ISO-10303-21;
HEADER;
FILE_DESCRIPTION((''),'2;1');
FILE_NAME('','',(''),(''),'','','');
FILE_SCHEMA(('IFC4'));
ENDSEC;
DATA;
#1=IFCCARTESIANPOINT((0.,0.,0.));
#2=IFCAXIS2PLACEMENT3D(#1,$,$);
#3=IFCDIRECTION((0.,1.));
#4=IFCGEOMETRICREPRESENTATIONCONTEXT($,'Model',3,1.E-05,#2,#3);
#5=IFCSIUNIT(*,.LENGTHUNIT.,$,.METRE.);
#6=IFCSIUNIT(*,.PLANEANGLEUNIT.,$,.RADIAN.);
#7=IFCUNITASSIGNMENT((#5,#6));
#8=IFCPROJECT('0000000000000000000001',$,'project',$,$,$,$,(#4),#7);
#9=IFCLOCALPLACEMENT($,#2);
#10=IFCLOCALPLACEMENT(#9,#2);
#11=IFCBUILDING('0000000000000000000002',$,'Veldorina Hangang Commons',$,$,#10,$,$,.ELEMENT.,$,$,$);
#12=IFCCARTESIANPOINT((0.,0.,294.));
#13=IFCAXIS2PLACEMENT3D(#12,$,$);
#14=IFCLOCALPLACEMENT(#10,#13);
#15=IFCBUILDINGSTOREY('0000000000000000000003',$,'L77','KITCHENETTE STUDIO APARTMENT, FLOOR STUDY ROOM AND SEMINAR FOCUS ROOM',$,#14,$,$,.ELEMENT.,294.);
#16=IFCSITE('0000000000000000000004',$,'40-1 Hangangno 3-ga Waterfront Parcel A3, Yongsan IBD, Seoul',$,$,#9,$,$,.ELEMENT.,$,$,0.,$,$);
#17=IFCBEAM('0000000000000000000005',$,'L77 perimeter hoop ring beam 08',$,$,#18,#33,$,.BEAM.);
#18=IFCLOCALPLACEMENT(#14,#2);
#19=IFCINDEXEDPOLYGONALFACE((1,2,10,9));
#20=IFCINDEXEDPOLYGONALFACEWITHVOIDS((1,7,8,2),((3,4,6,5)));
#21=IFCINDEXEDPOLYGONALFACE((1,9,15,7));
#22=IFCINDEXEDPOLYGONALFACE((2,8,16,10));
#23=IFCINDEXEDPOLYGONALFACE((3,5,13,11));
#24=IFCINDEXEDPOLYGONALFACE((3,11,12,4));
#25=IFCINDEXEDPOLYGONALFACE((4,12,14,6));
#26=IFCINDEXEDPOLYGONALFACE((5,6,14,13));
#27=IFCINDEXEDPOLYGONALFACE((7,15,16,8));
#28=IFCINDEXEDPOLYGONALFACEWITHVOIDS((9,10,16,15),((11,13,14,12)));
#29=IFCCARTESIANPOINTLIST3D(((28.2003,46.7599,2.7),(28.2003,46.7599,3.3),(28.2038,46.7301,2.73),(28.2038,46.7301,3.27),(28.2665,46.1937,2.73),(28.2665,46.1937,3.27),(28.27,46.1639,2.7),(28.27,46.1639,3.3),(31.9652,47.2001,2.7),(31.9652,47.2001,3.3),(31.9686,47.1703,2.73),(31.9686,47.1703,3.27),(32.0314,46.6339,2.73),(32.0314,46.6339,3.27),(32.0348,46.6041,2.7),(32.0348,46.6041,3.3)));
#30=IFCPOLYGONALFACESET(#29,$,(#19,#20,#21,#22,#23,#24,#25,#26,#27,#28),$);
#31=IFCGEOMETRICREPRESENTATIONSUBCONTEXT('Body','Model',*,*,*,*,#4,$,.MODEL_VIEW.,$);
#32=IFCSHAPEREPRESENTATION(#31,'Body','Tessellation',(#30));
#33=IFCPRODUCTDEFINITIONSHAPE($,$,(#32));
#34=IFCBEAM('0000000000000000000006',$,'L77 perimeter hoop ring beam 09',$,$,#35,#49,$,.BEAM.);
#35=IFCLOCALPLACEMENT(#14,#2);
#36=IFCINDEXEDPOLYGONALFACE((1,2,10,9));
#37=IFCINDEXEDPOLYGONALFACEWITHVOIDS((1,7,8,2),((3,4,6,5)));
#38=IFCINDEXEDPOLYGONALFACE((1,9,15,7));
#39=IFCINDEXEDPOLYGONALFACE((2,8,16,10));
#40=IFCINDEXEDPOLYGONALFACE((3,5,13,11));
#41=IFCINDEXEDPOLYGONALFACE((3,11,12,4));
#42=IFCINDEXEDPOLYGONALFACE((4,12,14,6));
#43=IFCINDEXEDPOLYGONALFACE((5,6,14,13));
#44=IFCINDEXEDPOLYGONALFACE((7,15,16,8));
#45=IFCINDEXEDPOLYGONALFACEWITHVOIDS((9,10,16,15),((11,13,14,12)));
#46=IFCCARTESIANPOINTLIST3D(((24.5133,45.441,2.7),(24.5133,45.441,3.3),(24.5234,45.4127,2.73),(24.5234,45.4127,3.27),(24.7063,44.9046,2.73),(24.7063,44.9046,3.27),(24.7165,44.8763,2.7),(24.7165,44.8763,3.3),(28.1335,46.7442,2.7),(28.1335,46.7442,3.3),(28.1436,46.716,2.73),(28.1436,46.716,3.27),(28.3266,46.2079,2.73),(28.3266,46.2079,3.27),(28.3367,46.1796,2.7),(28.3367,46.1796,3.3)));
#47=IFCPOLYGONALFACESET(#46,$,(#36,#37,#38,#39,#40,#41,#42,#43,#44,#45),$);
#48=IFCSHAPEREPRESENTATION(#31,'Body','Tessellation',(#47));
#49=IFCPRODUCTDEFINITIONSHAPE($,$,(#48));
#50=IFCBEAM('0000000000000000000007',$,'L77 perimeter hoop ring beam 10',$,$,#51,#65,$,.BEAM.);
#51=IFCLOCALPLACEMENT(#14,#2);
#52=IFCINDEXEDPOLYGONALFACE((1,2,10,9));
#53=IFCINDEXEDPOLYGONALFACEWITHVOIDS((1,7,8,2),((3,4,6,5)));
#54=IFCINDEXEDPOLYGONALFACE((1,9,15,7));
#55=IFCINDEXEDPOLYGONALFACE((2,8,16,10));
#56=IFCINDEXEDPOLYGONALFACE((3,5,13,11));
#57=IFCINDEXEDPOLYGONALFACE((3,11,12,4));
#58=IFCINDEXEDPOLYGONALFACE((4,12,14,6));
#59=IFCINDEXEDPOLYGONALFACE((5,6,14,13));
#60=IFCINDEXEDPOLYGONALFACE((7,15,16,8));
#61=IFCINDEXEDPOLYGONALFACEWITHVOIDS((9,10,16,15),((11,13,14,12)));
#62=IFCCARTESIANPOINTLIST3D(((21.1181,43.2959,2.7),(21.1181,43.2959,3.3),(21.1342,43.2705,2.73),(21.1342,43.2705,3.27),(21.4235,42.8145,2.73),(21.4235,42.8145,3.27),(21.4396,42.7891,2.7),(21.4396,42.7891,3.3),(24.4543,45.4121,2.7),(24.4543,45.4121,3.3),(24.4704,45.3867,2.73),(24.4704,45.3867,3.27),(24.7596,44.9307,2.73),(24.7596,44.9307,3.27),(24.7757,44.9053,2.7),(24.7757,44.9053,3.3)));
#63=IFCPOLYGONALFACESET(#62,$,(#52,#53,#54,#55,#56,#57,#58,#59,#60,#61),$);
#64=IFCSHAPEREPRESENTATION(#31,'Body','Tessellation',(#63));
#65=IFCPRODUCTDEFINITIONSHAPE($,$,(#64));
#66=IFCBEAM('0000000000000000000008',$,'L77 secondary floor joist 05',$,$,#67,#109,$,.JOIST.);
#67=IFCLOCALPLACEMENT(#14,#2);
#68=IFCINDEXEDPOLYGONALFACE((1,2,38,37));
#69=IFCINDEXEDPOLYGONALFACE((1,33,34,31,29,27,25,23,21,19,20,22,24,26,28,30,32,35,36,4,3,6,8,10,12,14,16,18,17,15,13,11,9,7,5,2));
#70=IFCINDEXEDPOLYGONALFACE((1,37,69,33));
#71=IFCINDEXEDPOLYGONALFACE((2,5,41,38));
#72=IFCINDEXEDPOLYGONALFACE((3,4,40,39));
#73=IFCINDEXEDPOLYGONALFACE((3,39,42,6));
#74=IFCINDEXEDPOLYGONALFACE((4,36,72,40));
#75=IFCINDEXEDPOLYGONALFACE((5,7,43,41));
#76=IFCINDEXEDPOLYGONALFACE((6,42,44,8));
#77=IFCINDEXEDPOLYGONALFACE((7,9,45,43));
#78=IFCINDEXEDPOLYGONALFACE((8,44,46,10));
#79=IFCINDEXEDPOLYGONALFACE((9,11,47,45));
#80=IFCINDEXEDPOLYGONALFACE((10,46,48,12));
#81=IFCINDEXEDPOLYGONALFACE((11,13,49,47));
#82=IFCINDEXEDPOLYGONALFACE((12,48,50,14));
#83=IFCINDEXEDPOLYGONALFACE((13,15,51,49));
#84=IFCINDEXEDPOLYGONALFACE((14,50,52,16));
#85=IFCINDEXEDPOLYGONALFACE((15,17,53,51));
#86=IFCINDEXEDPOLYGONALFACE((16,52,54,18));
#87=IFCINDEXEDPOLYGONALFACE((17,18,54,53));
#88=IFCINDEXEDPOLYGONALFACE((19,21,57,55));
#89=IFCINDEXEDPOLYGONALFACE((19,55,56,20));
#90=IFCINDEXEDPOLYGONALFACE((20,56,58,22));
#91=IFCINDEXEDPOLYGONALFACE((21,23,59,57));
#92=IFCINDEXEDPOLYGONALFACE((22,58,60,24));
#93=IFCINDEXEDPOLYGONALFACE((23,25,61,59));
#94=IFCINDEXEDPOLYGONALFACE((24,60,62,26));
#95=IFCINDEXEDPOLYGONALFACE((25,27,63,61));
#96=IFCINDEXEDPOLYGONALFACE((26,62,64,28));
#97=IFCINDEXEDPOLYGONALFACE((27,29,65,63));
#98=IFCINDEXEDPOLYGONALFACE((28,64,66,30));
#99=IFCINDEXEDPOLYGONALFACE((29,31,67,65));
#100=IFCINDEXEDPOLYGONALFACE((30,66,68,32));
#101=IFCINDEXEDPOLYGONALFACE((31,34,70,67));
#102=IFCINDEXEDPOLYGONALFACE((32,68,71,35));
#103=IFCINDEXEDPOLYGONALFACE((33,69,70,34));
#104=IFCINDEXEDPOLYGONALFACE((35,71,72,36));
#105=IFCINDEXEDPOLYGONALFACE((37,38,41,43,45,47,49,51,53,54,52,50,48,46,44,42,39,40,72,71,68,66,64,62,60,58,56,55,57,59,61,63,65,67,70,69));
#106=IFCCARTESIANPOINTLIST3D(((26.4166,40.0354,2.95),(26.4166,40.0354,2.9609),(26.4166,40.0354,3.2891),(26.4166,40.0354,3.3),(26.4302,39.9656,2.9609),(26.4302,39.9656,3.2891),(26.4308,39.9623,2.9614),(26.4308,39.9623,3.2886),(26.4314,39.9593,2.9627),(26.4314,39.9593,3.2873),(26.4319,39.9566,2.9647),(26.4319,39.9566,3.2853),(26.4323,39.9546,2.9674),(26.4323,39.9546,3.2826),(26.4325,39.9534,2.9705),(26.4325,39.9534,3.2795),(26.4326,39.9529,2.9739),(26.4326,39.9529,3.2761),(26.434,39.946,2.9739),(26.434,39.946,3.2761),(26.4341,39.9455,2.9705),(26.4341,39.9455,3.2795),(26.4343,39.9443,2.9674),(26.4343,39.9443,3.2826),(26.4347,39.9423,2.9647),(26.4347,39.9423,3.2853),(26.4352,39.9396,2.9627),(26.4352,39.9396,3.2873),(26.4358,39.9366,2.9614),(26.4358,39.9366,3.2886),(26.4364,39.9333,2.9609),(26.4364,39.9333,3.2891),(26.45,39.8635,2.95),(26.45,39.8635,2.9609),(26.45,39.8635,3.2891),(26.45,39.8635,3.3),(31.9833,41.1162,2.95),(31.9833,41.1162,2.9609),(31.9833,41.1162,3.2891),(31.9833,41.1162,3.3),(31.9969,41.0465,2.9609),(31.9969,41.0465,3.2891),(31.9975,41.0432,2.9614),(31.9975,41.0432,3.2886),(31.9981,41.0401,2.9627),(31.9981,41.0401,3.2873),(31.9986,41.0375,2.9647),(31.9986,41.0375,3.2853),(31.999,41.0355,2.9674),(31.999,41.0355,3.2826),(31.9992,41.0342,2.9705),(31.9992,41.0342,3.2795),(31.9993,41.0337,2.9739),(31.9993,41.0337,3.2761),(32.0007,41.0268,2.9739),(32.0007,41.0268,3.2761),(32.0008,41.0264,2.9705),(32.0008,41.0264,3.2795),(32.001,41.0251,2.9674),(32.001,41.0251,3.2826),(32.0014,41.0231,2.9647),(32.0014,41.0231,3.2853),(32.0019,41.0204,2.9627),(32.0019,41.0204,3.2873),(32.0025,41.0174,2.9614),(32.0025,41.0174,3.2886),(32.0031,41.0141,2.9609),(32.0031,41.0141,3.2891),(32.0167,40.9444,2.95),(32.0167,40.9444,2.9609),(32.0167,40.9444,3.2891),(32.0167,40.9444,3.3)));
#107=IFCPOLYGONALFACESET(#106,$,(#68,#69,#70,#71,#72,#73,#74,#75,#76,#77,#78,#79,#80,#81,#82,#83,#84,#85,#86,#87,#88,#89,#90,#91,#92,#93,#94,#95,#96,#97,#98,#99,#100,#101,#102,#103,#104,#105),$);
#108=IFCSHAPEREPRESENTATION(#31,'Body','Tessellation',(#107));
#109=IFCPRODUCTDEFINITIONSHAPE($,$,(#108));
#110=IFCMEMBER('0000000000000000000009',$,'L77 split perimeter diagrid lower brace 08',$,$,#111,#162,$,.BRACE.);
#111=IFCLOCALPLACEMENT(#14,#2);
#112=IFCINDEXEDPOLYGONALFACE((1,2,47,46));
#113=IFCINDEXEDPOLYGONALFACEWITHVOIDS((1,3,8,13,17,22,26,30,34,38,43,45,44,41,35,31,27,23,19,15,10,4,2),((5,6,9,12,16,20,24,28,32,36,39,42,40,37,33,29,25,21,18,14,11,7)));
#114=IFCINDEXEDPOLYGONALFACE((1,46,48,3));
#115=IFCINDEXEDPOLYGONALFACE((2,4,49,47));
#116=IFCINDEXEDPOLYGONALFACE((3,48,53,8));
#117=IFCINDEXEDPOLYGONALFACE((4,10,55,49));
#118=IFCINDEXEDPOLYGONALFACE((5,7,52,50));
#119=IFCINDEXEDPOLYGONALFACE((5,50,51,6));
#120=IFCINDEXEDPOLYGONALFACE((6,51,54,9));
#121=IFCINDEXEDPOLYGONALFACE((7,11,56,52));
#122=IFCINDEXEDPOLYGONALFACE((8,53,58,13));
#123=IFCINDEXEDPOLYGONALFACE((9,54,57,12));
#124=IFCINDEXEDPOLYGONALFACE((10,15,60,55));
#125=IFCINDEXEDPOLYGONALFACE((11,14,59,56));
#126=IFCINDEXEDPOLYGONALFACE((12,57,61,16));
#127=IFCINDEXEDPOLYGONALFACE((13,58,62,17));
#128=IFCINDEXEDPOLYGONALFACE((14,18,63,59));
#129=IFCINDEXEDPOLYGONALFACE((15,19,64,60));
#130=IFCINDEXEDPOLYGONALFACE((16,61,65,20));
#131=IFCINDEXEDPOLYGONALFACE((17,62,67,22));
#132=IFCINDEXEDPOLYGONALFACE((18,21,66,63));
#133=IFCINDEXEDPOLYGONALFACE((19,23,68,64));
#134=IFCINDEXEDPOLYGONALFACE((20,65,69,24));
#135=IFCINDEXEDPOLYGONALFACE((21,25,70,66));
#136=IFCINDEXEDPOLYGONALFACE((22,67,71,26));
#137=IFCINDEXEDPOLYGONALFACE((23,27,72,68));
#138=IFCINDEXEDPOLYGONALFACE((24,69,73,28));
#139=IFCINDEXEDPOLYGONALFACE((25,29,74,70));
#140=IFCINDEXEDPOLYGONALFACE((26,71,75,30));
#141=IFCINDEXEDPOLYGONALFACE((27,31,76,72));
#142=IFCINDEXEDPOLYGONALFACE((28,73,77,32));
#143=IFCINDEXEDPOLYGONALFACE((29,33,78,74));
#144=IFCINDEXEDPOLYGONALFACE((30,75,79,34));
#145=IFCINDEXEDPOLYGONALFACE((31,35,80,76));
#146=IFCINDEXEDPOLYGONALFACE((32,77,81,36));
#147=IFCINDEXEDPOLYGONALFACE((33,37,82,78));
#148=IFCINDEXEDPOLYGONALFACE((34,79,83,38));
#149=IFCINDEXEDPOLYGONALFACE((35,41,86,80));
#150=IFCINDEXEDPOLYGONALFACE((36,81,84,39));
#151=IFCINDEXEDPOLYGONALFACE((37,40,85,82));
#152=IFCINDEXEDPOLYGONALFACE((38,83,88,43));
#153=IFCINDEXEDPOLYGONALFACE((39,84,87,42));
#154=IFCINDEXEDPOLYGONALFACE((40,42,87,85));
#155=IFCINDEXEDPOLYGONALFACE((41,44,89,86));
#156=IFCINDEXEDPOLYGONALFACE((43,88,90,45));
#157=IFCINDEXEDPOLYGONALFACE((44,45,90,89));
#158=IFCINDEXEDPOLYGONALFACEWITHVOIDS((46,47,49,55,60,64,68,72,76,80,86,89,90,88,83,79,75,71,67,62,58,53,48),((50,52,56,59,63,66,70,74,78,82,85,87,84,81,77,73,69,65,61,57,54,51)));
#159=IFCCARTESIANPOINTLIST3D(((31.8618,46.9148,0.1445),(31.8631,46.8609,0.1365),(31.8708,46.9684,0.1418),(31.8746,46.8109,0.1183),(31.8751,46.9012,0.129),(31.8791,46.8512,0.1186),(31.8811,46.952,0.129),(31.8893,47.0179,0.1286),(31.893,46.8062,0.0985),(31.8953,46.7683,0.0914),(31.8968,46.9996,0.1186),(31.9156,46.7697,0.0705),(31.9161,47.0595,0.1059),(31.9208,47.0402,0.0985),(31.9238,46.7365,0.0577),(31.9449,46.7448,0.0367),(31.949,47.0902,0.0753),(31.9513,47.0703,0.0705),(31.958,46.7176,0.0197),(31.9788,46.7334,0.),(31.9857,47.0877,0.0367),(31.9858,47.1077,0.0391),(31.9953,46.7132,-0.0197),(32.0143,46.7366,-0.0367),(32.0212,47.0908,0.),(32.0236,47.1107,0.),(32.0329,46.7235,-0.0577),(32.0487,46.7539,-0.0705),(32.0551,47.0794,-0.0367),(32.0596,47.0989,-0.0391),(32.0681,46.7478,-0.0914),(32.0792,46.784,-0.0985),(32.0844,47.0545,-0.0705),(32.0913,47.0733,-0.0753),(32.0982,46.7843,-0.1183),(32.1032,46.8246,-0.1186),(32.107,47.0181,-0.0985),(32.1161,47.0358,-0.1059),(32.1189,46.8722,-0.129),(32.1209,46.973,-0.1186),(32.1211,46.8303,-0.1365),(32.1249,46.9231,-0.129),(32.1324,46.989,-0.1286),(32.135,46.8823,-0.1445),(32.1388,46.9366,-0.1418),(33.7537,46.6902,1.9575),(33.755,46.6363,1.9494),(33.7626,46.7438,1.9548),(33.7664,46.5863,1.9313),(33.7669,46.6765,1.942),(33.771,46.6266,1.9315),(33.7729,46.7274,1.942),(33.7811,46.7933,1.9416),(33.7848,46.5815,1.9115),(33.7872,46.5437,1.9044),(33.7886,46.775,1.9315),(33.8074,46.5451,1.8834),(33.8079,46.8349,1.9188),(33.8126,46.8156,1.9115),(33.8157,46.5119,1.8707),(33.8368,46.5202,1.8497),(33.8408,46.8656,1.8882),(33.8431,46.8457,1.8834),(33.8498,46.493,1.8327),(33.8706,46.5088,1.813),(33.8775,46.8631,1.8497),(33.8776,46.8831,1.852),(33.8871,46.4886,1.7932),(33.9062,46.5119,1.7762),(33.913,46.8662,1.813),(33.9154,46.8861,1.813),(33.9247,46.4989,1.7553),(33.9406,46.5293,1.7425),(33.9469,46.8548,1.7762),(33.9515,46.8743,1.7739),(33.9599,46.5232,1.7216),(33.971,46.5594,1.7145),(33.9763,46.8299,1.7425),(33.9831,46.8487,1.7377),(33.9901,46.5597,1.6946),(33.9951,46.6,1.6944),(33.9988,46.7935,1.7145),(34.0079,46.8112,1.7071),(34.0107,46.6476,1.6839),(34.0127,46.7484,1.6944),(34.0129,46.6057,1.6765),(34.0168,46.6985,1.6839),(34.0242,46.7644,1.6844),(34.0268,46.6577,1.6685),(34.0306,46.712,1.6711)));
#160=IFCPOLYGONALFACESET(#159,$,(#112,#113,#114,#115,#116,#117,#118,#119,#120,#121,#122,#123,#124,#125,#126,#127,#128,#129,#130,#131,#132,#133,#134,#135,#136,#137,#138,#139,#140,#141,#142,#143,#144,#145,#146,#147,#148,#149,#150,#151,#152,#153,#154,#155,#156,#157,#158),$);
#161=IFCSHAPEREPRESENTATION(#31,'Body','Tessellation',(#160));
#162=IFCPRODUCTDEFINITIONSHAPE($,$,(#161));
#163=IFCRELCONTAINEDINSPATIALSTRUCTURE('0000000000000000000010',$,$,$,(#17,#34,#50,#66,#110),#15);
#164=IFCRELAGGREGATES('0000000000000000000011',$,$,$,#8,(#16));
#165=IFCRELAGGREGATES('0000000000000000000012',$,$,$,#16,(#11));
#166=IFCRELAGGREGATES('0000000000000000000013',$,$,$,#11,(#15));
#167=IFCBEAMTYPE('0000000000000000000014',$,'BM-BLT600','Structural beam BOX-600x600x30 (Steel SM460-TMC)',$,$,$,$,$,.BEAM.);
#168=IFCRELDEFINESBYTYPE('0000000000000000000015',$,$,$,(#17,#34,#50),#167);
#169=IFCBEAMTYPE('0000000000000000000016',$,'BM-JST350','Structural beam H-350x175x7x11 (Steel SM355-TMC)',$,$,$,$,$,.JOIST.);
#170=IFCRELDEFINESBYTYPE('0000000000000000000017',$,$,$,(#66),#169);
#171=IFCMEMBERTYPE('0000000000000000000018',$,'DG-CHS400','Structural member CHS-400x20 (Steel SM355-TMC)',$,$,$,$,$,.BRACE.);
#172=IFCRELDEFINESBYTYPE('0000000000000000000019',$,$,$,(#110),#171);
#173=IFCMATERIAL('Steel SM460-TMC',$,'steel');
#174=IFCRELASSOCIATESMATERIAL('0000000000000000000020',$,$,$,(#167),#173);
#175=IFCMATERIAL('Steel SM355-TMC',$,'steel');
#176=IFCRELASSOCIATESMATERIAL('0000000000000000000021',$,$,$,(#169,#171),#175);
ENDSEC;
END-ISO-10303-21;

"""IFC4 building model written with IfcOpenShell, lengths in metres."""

from ifc_helpers import new_model, si_unit, direction, frame, origin, origin_2d, place, context, subcontext, project, spatial, hollow_rectangle, hollow_circle, i_section, extrude, material, material_profile, profile_set, type_object, element, save


model = new_model("IFC4")

# Units and contexts
model_context = context("Model", 3, precision=1e-05, world=origin(), true_north=direction((0.0, 1.0)))
body_context = subcontext(model_context, "Body", "Model", "MODEL_VIEW")
ifc_project = project(units=[si_unit("LENGTHUNIT", "METRE"), si_unit("PLANEANGLEUNIT", "RADIAN")], contexts=[model_context])

# Site, building, storey
site_placement = place(None, origin())
site = spatial("IfcSite", under=ifc_project, at=site_placement, Name="40-1 Hangangno 3-ga Waterfront Parcel A3, Yongsan IBD, Seoul", CompositionType="ELEMENT", RefElevation=0.0)
building_placement = place(site_placement, origin())
building = spatial("IfcBuilding", under=site, at=building_placement, Name="Veldorina Hangang Commons", CompositionType="ELEMENT")
storey_placement = place(building_placement, frame((0.0, 0.0, 294.0)))
storey = spatial("IfcBuildingStorey", under=building, at=storey_placement, Name="L77", Description="KITCHENETTE STUDIO APARTMENT, FLOOR STUDY ROOM AND SEMINAR FOCUS ROOM", CompositionType="ELEMENT", Elevation=294.0)

# Beams
ifc_material_1 = material(Name="Steel SM460-TMC", Category="steel")
ifc_material_profile_1 = material_profile(ifc_material_1, hollow_rectangle(XDim=0.6001, YDim=0.6001, WallThickness=0.03, at=origin_2d()), Name="BOX-600x600x30")
ifc_profile_set_1 = profile_set([ifc_material_profile_1], Name="Steel SM460-TMC")
beam_type_1 = type_object("IfcBeamType", Name="BM-BLT600", Description="Structural beam BOX-600x600x30 (Steel SM460-TMC)", PredefinedType="BEAM", material=ifc_profile_set_1)
beam_1_placement = place(storey_placement, frame((32.0, 46.9021, 3.0), z_axis=(-0.993234, -0.116127, 0.0), x_axis=(0.116127, -0.993234, 0.0)))
element("IfcBeam", 1, at=beam_1_placement, inside=storey, type_object=beam_type_1, Name="L77 perimeter hoop ring beam 08", PredefinedType="BEAM", context=body_context, shape_type="SweptSolid", body=[
    extrude(hollow_rectangle(XDim=0.6001, YDim=0.6001, WallThickness=0.03, at=origin_2d()), origin(), (0.0, 0.0, 1.0), 3.7905),
])
beam_2_placement = place(storey_placement, frame((28.2351, 46.4619, 3.0), z_axis=(-0.940889, -0.338715, 0.0), x_axis=(0.338715, -0.940889, 0.0)))
element("IfcBeam", 2, at=beam_2_placement, inside=storey, type_object=beam_type_1, Name="L77 perimeter hoop ring beam 09", PredefinedType="BEAM", context=body_context, shape_type="SweptSolid", body=[
    extrude(hollow_rectangle(XDim=0.6001, YDim=0.6001, WallThickness=0.03, at=origin_2d()), origin(), (0.0, 0.0, 1.0), 3.8477),
])
beam_3_placement = place(storey_placement, frame((24.615, 45.1587, 3.0), z_axis=(-0.844442, -0.535647, 0.0), x_axis=(0.535647, -0.844442, 0.0)))
element("IfcBeam", 3, at=beam_3_placement, inside=storey, type_object=beam_type_1, Name="L77 perimeter hoop ring beam 10", PredefinedType="BEAM", context=body_context, shape_type="SweptSolid", body=[
    extrude(hollow_rectangle(XDim=0.6001, YDim=0.6001, WallThickness=0.03, at=origin_2d()), origin(), (0.0, 0.0, 1.0), 3.9507),
])
ifc_material_2 = material(Name="Steel SM355-TMC", Category="steel")
ifc_material_profile_2 = material_profile(ifc_material_2, i_section(OverallWidth=0.175, OverallDepth=0.3501, WebThickness=0.0071, FlangeThickness=0.011, FilletRadius=0.0129, at=origin_2d()), Name="H-350x175x7x11")
ifc_profile_set_2 = profile_set([ifc_material_profile_2], Name="Steel SM355-TMC")
beam_type_2 = type_object("IfcBeamType", Name="BM-JST350", Description="Structural beam H-350x175x7x11 (Steel SM355-TMC)", PredefinedType="JOIST", material=ifc_profile_set_2)
beam_4_placement = place(storey_placement, frame((32.0, 41.0303, 3.125), z_axis=(-0.981668, -0.190599, 0.0), x_axis=(0.190599, -0.981668, 0.0)))
element("IfcBeam", 4, at=beam_4_placement, inside=storey, type_object=beam_type_2, Name="L77 secondary floor joist 05", PredefinedType="JOIST", context=body_context, shape_type="SweptSolid", body=[
    extrude(i_section(OverallWidth=0.175, OverallDepth=0.3501, WebThickness=0.0071, FlangeThickness=0.011, FilletRadius=0.0129, at=origin_2d()), origin(), (0.0, 0.0, 1.0), 5.6707),
])

# Member
ifc_material_profile_3 = material_profile(ifc_material_2, hollow_circle(Radius=0.2, WallThickness=0.02, at=origin_2d()), Name="CHS-400x20")
ifc_profile_set_3 = profile_set([ifc_material_profile_3], Name="Steel SM355-TMC")
member_type_1 = type_object("IfcMemberType", Name="DG-CHS400", Description="Structural member CHS-400x20 (Steel SM355-TMC)", PredefinedType="BRACE", material=ifc_profile_set_3)
member_1_placement = place(storey_placement, frame((32.0, 46.9121, 0.0), z_axis=(0.719356, -0.085406, 0.689371), x_axis=(0.117897, 0.993026, 0.0)))
element("IfcMember", 5, at=member_1_placement, inside=storey, type_object=member_type_1, Name="L77 split perimeter diagrid lower brace 08", PredefinedType="BRACE", context=body_context, shape_type="SweptSolid", body=[
    extrude(hollow_circle(Radius=0.2, WallThickness=0.02, at=origin_2d()), origin(), (0.0, 0.0, 1.0), 2.6299),
])

save(model, "model.ifc")
